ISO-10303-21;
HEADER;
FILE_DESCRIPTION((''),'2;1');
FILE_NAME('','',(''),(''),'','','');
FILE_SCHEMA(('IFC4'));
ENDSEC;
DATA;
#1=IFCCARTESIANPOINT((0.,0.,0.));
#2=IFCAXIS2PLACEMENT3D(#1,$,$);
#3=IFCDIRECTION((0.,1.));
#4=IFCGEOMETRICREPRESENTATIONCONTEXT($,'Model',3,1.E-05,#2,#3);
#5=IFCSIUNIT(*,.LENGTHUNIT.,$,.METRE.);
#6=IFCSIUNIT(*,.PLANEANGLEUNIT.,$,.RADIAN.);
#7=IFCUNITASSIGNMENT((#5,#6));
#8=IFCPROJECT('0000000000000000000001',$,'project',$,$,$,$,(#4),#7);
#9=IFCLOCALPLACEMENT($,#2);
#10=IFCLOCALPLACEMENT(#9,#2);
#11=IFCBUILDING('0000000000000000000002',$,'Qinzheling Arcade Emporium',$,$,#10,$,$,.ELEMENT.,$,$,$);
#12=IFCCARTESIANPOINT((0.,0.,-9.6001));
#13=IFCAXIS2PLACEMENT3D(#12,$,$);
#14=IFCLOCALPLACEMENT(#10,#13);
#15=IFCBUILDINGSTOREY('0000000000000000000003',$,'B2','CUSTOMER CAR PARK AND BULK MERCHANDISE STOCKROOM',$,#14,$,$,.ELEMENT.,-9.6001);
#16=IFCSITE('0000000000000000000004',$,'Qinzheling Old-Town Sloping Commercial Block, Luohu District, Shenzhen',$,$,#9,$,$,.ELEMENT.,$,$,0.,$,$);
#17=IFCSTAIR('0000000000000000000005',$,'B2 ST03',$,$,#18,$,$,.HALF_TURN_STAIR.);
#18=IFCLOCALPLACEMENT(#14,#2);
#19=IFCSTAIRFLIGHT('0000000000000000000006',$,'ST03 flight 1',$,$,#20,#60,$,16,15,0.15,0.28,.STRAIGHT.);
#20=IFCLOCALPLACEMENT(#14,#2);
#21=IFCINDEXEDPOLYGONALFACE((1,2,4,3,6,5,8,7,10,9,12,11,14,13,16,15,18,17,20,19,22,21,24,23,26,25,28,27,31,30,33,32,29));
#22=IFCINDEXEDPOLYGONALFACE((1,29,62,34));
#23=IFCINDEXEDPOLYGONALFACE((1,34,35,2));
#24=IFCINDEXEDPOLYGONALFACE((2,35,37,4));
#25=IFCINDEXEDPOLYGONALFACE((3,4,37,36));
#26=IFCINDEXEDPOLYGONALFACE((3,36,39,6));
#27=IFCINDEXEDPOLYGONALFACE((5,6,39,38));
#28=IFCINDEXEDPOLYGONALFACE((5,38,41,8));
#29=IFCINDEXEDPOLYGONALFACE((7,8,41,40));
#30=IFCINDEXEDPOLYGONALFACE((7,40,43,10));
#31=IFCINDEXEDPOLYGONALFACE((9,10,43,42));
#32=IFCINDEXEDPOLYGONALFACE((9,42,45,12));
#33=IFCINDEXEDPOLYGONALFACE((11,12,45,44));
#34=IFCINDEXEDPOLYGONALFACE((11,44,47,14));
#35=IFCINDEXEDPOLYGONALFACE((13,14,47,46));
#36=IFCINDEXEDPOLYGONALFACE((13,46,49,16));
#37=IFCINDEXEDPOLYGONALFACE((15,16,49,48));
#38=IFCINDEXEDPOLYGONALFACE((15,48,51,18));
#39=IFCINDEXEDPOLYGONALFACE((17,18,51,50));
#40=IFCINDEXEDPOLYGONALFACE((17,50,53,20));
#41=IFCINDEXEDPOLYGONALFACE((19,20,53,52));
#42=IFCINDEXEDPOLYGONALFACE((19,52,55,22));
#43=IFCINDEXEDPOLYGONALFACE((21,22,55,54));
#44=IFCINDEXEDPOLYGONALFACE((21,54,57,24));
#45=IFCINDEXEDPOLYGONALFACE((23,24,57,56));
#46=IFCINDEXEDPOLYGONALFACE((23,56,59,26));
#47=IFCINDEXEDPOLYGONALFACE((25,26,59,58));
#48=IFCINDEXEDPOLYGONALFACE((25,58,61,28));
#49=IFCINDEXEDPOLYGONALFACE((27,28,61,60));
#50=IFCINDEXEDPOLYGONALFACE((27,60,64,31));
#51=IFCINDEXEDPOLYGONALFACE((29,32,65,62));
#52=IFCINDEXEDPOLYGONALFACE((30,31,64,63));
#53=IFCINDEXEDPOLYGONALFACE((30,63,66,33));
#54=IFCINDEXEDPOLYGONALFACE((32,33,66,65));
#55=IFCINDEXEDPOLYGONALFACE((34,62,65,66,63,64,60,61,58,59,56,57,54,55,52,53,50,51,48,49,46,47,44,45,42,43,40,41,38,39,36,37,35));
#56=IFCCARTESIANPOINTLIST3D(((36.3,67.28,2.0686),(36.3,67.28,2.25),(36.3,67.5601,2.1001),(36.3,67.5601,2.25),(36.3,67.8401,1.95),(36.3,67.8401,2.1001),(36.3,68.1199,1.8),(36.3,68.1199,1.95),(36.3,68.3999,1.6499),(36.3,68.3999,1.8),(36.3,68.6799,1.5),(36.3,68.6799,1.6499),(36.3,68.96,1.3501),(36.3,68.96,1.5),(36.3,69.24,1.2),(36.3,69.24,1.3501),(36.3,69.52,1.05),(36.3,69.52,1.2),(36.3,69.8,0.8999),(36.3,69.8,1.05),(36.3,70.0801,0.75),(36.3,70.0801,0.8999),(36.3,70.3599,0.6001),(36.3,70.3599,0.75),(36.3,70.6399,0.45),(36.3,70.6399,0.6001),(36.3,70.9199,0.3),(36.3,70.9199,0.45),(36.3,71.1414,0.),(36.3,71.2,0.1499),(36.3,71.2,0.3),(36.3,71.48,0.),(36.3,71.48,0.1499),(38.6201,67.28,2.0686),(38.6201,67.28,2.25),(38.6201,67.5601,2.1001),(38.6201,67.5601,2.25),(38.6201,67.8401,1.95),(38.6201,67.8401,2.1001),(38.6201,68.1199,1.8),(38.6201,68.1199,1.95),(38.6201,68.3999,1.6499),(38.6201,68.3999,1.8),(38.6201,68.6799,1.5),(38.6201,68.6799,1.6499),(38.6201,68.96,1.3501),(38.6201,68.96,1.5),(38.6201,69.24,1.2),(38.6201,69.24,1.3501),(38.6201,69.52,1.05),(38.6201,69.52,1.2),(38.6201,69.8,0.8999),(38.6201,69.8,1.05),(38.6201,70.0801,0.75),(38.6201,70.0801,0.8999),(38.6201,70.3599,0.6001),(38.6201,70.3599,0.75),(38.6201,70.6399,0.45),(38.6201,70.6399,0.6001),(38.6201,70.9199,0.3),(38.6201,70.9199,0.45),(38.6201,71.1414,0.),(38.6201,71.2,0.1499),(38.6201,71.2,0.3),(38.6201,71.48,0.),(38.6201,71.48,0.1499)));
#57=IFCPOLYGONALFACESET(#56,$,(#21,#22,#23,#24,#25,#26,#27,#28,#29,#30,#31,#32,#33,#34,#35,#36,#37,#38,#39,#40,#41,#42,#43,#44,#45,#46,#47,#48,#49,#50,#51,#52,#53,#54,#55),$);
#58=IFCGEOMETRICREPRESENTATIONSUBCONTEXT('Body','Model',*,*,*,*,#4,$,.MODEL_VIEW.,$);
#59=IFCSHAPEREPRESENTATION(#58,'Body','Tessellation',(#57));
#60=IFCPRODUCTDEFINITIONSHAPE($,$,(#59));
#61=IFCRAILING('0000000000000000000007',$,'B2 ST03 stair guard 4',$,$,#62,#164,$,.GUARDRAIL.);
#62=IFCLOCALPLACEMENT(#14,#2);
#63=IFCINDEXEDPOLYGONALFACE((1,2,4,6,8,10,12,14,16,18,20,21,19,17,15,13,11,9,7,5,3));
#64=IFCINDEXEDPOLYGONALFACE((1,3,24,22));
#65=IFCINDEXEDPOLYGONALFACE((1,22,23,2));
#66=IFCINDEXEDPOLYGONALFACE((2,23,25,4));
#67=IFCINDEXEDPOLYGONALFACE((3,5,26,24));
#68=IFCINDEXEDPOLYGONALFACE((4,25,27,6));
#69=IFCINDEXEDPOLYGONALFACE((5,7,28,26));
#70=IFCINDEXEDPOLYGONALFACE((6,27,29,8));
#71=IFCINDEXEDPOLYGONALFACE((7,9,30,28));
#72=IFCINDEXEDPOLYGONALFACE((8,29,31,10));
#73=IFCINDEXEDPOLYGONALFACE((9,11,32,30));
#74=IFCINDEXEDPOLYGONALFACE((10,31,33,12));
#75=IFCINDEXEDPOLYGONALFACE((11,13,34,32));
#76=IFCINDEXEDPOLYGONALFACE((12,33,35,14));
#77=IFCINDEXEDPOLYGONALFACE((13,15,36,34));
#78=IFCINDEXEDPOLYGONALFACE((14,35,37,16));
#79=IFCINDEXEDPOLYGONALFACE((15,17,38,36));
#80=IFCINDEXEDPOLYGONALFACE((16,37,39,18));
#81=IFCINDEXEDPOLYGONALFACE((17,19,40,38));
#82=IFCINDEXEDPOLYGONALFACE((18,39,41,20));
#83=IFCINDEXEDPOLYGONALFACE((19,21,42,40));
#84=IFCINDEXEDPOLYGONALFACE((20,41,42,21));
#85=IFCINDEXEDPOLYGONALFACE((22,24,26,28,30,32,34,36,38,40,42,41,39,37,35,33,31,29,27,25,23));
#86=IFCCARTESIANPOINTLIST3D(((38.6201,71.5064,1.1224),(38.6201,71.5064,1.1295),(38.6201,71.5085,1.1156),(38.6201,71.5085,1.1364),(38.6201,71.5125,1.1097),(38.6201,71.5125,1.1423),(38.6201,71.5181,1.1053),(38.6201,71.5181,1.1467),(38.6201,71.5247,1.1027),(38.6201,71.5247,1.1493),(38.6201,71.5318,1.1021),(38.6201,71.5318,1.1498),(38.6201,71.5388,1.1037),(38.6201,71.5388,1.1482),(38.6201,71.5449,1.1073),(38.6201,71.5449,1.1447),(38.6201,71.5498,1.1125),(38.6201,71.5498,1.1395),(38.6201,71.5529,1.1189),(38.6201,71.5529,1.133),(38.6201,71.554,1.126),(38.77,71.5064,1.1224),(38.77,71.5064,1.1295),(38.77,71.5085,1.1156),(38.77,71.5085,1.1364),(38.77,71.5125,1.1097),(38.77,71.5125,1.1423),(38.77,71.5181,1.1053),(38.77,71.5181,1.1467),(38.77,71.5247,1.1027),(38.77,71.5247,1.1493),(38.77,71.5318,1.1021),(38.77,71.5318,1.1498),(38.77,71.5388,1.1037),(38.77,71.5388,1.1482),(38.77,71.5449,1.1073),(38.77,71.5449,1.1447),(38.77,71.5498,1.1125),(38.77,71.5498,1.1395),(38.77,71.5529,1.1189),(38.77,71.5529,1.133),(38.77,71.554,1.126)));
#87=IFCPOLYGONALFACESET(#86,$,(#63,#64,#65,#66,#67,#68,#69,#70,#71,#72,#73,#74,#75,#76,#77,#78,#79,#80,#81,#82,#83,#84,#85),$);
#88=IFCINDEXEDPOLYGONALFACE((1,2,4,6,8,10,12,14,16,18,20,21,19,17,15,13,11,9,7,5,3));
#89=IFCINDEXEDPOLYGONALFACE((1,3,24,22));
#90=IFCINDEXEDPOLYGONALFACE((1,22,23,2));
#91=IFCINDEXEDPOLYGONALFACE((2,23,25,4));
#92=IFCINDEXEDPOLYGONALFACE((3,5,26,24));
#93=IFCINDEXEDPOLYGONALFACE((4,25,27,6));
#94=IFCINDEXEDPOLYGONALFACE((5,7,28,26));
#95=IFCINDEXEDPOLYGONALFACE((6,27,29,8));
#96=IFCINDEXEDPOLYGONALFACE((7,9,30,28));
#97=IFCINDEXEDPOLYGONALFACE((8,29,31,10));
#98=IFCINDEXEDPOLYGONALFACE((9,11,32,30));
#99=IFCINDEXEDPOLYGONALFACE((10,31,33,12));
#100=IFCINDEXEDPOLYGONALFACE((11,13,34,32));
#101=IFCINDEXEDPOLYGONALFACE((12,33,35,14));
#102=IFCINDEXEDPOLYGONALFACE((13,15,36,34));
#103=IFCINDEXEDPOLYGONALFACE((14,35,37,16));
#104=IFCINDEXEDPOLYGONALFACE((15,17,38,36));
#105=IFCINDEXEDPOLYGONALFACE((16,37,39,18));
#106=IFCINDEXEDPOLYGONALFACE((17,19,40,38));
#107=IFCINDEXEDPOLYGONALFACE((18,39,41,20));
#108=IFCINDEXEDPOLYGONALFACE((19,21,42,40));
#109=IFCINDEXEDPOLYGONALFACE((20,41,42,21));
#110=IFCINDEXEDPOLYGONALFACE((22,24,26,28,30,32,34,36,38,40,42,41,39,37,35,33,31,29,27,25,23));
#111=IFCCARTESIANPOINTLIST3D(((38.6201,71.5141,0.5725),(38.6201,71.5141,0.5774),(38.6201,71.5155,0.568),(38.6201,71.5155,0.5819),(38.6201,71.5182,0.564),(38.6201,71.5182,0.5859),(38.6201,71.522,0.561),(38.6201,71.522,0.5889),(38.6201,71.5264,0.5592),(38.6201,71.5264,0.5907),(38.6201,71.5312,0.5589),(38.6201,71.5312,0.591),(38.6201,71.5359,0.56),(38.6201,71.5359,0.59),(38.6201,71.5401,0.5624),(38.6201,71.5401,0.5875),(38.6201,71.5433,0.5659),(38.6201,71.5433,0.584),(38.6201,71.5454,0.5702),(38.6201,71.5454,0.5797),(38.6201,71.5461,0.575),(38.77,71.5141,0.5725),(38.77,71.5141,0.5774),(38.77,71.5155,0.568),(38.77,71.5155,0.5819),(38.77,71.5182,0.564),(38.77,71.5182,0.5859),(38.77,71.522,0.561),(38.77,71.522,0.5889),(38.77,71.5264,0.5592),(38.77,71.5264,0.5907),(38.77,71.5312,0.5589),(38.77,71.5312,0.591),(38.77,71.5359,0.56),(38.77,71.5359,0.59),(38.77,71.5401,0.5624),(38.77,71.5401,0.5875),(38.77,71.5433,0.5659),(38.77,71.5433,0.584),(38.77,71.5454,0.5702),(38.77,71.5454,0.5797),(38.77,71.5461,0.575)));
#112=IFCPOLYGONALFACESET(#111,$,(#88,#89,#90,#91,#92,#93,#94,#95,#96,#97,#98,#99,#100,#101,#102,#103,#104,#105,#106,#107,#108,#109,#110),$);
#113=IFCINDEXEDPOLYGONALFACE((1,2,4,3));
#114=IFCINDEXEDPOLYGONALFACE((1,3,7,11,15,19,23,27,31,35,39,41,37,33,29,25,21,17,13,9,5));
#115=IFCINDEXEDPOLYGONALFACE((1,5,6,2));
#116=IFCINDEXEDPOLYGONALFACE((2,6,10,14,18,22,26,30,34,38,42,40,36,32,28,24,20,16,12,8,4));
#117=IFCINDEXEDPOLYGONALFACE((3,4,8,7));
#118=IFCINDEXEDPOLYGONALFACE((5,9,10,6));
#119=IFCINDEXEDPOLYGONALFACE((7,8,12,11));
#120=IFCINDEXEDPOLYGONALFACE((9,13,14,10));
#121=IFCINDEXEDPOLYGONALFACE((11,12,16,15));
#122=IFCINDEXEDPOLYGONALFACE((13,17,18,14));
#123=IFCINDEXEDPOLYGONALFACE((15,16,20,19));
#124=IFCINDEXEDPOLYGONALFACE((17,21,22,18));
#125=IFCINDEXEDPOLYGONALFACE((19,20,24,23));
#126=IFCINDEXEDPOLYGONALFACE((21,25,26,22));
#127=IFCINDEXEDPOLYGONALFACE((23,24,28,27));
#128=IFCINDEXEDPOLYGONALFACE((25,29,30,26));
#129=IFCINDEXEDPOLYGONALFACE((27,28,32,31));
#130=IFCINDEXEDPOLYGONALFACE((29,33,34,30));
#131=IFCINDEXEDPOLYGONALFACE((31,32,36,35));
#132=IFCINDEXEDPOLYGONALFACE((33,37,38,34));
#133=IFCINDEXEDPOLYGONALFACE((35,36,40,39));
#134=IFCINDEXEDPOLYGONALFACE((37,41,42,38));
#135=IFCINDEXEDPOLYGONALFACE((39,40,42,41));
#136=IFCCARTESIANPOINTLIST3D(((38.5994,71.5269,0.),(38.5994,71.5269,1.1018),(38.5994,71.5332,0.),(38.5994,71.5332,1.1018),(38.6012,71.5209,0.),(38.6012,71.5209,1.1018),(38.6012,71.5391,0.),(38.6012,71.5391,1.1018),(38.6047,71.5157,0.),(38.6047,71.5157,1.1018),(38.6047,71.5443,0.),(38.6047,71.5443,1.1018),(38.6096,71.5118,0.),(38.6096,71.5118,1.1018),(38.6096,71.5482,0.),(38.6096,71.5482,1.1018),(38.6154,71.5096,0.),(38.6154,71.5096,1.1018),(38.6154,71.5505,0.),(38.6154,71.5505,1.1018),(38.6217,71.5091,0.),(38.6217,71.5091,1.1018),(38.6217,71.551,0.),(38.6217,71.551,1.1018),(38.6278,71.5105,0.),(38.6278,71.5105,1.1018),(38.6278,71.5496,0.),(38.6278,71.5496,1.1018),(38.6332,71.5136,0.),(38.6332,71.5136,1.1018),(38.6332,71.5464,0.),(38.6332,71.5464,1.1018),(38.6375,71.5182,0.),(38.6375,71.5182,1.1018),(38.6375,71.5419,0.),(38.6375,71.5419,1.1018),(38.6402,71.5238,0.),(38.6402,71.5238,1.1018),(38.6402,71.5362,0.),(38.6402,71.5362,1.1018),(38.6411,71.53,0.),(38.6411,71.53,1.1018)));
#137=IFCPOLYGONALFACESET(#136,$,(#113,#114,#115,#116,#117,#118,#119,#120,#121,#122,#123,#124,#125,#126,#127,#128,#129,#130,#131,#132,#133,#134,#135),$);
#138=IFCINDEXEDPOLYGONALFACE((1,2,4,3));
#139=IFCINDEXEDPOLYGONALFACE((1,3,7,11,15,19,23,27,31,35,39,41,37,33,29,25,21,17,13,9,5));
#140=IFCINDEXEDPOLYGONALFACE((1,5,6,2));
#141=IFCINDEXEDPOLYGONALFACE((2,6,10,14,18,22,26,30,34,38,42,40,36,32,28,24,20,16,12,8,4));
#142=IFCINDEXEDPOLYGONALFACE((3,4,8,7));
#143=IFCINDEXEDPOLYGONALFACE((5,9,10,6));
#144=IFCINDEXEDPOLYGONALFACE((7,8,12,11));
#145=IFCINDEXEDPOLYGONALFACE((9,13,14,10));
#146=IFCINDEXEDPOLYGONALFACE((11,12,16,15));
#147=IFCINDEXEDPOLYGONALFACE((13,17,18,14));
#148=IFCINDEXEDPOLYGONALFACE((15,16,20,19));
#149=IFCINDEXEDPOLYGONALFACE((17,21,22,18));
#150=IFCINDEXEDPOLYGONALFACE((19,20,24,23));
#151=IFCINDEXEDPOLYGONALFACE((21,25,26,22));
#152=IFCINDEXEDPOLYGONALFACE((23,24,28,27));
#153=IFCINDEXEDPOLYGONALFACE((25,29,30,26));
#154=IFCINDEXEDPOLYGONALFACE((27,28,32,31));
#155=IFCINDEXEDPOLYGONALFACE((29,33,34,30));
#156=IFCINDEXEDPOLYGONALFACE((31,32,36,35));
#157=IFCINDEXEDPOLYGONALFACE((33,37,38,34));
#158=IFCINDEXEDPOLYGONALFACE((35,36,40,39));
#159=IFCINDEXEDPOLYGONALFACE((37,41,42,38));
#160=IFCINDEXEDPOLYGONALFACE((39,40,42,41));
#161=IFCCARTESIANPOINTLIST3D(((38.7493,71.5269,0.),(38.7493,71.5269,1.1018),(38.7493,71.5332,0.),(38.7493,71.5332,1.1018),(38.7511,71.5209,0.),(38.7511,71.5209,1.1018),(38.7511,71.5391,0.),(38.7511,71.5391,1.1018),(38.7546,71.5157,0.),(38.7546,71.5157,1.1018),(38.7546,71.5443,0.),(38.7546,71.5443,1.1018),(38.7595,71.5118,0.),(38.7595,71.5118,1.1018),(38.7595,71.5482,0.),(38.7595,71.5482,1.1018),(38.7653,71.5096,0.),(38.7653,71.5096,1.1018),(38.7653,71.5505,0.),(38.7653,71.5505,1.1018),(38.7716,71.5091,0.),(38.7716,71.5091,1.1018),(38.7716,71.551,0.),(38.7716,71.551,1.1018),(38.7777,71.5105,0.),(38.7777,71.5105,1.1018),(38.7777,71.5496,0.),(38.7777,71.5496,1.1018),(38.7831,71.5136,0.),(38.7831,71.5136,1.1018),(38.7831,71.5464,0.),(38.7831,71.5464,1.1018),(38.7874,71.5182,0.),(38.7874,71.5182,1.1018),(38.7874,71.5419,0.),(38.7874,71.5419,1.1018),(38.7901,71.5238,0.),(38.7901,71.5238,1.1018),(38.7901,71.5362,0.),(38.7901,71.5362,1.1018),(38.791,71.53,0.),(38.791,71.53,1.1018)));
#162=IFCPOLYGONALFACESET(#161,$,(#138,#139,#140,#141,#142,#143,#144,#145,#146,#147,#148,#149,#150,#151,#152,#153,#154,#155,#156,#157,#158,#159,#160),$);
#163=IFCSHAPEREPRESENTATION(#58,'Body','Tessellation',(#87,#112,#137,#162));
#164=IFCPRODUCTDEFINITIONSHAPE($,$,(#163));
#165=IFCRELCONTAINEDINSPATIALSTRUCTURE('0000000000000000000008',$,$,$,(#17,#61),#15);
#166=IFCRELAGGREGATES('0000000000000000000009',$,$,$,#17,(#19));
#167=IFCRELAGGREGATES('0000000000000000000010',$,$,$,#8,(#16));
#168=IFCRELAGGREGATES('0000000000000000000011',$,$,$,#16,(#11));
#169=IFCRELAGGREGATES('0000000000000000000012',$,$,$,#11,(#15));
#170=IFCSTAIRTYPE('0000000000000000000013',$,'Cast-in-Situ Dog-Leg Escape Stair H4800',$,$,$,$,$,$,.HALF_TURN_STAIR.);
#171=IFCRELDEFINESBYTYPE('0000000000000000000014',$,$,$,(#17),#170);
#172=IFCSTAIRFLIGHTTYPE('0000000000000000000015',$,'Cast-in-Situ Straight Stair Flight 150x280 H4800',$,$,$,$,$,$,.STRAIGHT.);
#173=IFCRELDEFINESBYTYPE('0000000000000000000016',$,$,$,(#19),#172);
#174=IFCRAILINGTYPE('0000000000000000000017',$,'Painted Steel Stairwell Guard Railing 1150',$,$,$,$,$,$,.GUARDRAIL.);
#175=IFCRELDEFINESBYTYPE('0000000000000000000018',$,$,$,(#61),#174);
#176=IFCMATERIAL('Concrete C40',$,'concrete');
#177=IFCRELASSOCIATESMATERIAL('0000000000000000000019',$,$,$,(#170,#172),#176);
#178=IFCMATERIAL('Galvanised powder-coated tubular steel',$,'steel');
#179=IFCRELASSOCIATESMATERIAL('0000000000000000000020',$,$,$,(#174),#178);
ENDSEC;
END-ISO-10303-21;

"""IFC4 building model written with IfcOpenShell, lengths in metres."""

from ifc_helpers import new_model, si_unit, direction, frame, origin, origin_2d, place, context, subcontext, project, spatial, polyline, circle, outline, extrude, material, type_object, element, aggregate, save


model = new_model("IFC4")

# Units and contexts
model_context = context("Model", 3, precision=1e-05, world=origin(), true_north=direction((0.0, 1.0)))
body_context = subcontext(model_context, "Body", "Model", "MODEL_VIEW")
ifc_project = project(units=[si_unit("LENGTHUNIT", "METRE"), si_unit("PLANEANGLEUNIT", "RADIAN")], contexts=[model_context])

# Site, building, storey
site_placement = place(None, origin())
site = spatial("IfcSite", under=ifc_project, at=site_placement, Name="Qinzheling Old-Town Sloping Commercial Block, Luohu District, Shenzhen", CompositionType="ELEMENT", RefElevation=0.0)
building_placement = place(site_placement, origin())
building = spatial("IfcBuilding", under=site, at=building_placement, Name="Qinzheling Arcade Emporium", CompositionType="ELEMENT")
storey_placement = place(building_placement, frame((0.0, 0.0, -9.6001)))
storey = spatial("IfcBuildingStorey", under=building, at=storey_placement, Name="B2", Description="CUSTOMER CAR PARK AND BULK MERCHANDISE STOCKROOM", CompositionType="ELEMENT", Elevation=-9.6001)

# Shared definitions
ifc_material_1 = material(Name="Concrete C40", Category="concrete")

# Stair, stair flight
stair_type = type_object("IfcStairType", Name="Cast-in-Situ Dog-Leg Escape Stair H4800", PredefinedType="HALF_TURN_STAIR", material=ifc_material_1)
stair_placement = place(storey_placement, origin())
stair = element("IfcStair", 1, at=stair_placement, inside=storey, type_object=stair_type, Name="B2 ST03", PredefinedType="HALF_TURN_STAIR")
stair_flight_type = type_object("IfcStairFlightType", Name="Cast-in-Situ Straight Stair Flight 150x280 H4800", PredefinedType="STRAIGHT", material=ifc_material_1)
stair_flight_placement = place(storey_placement, frame((37.46, 71.48, 0.0), z_axis=(0.0, 0.0, 1.0), x_axis=(0.0, -1.0, 0.0)))
stair_flight = element("IfcStairFlight", 2, at=stair_flight_placement, type_object=stair_flight_type, Name="ST03 flight 1", NumberOfRisers=16, NumberOfTreads=15, PredefinedType="STRAIGHT", RiserHeight=0.15, TreadLength=0.28, context=body_context, shape_type="SweptSolid", body=[
    extrude(outline(polyline([(0.0, 0.0), (0.0, 0.1499), (0.28, 0.1499), (0.28, 0.3), (0.5601, 0.3), (0.5601, 0.45), (0.8401, 0.45), (0.8401, 0.6001), (1.1201, 0.6001), (1.1201, 0.75), (1.3999, 0.75), (1.3999, 0.8999), (1.6799, 0.8999), (1.6799, 1.05), (1.96, 1.05), (1.96, 1.2), (2.24, 1.2), (2.24, 1.3501), (2.52, 1.3501), (2.52, 1.5), (2.8, 1.5), (2.8, 1.6499), (3.0801, 1.6499), (3.0801, 1.8), (3.3601, 1.8), (3.3601, 1.95), (3.6399, 1.95), (3.6399, 2.1001), (3.9199, 2.1001), (3.9199, 2.25), (4.2, 2.25), (4.2, 2.3999), (4.2, 2.0686), (0.3386, 0.0), (0.0, 0.0)])), frame((0.0, 1.1602, 0.0), z_axis=(0.0, -1.0, 0.0), x_axis=(1.0, 0.0, 0.0)), (0.0, 0.0, 1.0), 2.3201),
])
aggregate(stair, [stair_flight])

# Railing
ifc_material_2 = material(Name="Galvanised powder-coated tubular steel", Category="steel")
railing_type_1 = type_object("IfcRailingType", Name="Painted Steel Stairwell Guard Railing 1150", PredefinedType="GUARDRAIL", material=ifc_material_2)
railing_1_placement = place(storey_placement, frame((38.6201, 71.53, 0.0)))
element("IfcRailing", 3, at=railing_1_placement, inside=storey, type_object=railing_type_1, Name="B2 ST03 stair guard 4", PredefinedType="GUARDRAIL", context=body_context, shape_type="SweptSolid", body=[
    extrude(circle(Radius=0.0239, at=origin_2d()), frame((0.0, 0.0, 1.126), z_axis=(1.0, 0.0, 0.0), x_axis=(0.0, 1.0, 0.0)), (0.0, 0.0, 1.0), 0.1499),
    extrude(circle(Radius=0.0161, at=origin_2d()), frame((0.0, 0.0, 0.575), z_axis=(1.0, 0.0, 0.0), x_axis=(0.0, 1.0, 0.0)), (0.0, 0.0, 1.0), 0.1499),
    extrude(circle(Radius=0.021, at=origin_2d()), origin(), (0.0, 0.0, 1.0), 1.1018),
    extrude(circle(Radius=0.021, at=origin_2d()), frame((0.1499, 0.0, 0.0)), (0.0, 0.0, 1.0), 1.1018),
])

save(model, "model.ifc")
